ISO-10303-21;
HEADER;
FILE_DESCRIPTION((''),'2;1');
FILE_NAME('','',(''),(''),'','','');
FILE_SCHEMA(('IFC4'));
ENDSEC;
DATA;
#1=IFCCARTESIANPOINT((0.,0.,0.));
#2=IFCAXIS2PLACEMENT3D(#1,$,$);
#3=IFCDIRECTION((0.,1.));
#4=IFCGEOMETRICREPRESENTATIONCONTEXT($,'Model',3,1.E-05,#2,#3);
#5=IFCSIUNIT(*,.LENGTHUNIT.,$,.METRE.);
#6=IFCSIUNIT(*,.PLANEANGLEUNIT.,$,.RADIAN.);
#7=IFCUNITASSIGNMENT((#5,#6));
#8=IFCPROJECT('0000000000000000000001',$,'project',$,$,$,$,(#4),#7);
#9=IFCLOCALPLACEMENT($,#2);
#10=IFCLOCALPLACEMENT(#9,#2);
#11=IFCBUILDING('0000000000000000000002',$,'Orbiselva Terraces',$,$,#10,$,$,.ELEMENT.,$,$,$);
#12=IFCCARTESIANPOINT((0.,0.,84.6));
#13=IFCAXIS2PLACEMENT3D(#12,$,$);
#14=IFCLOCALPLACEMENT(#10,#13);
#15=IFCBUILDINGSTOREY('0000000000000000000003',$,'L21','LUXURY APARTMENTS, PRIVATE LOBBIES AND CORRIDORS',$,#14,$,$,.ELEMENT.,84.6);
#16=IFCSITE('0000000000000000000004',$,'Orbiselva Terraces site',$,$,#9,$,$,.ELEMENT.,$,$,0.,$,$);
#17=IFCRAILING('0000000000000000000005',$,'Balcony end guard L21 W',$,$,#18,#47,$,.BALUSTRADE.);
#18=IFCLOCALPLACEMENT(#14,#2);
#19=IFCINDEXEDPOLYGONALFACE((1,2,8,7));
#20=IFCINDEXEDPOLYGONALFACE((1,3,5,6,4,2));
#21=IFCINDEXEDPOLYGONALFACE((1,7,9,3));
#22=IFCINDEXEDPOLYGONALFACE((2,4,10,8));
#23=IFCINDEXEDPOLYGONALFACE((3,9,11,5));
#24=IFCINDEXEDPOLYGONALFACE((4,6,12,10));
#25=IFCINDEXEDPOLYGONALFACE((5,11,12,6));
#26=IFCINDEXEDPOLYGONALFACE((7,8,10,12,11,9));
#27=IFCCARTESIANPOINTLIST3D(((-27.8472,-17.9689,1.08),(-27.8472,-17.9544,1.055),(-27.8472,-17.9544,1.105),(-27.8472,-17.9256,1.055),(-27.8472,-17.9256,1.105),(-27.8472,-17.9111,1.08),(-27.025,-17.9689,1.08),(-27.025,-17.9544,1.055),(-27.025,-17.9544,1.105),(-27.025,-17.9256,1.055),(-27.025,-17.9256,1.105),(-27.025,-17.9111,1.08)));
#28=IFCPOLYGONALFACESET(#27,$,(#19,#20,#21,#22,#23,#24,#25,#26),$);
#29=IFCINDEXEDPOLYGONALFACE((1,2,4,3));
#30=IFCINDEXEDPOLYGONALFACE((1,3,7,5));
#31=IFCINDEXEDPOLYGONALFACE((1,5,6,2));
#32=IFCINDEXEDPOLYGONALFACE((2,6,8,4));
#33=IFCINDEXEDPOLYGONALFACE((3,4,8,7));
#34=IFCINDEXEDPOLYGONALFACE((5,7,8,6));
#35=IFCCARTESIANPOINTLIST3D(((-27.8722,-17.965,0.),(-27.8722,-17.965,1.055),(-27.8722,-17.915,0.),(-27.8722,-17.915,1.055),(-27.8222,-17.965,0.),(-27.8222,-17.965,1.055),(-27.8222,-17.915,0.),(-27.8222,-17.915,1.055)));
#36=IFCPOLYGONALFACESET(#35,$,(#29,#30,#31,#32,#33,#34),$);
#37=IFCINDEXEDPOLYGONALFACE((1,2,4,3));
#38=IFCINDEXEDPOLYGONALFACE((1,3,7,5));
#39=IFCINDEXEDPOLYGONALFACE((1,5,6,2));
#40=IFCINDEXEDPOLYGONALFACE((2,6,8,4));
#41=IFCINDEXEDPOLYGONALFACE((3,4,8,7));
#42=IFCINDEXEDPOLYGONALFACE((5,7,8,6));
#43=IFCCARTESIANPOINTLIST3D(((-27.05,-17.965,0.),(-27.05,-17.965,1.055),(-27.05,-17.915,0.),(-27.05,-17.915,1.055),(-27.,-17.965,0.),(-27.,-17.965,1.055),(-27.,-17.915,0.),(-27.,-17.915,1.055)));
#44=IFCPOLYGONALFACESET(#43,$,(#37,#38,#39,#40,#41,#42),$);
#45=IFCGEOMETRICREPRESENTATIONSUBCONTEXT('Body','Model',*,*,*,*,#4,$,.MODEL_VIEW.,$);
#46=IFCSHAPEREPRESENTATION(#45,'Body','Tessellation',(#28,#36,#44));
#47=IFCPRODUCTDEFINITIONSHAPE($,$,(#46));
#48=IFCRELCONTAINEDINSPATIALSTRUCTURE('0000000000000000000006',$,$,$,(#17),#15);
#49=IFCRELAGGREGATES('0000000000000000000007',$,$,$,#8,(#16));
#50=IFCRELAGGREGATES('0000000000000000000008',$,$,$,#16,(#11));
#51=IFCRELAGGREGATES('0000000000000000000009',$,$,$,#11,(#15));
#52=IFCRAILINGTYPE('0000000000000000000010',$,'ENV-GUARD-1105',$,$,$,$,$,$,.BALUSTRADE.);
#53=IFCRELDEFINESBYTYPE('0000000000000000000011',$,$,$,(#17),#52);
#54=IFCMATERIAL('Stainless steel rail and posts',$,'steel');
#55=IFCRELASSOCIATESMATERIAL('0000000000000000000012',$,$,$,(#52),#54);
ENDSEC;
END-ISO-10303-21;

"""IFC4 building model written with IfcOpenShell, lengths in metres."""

from ifc_helpers import new_model, si_unit, direction, frame, origin, origin_2d, place, context, subcontext, project, spatial, polyline, rectangle, outline, extrude, material, type_object, element, save


model = new_model("IFC4")

# Units and contexts
model_context = context("Model", 3, precision=1e-05, world=origin(), true_north=direction((0.0, 1.0)))
body_context = subcontext(model_context, "Body", "Model", "MODEL_VIEW")
ifc_project = project(units=[si_unit("LENGTHUNIT", "METRE"), si_unit("PLANEANGLEUNIT", "RADIAN")], contexts=[model_context])

# Site, building, storey
site_placement = place(None, origin())
site = spatial("IfcSite", under=ifc_project, at=site_placement, Name="Orbiselva Terraces site", CompositionType="ELEMENT", RefElevation=0.0)
building_placement = place(site_placement, origin())
building = spatial("IfcBuilding", under=site, at=building_placement, Name="Orbiselva Terraces", CompositionType="ELEMENT")
storey_placement = place(building_placement, frame((0.0, 0.0, 84.6)))
storey = spatial("IfcBuildingStorey", under=building, at=storey_placement, Name="L21", Description="LUXURY APARTMENTS, PRIVATE LOBBIES AND CORRIDORS", CompositionType="ELEMENT", Elevation=84.6)

# Railing
ifc_material_1 = material(Name="Stainless steel rail and posts", Category="steel")
railing_type_1 = type_object("IfcRailingType", Name="ENV-GUARD-1105", PredefinedType="BALUSTRADE", material=ifc_material_1)
railing_1_placement = place(storey_placement, frame((-27.8472, -17.94, 0.0)))
element("IfcRailing", 1, at=railing_1_placement, inside=storey, type_object=railing_type_1, Name="Balcony end guard L21 W", PredefinedType="BALUSTRADE", context=body_context, shape_type="SweptSolid", body=[
    extrude(outline(polyline([(0.0289, 0.0), (0.0144, 0.025), (-0.0144, 0.025), (-0.0289, 0.0), (-0.0144, -0.025), (0.0144, -0.025), (0.0289, 0.0)])), frame((0.0, 0.0, 1.08), z_axis=(1.0, 0.0, 0.0), x_axis=(0.0, 1.0, 0.0)), (0.0, 0.0, 1.0), 0.8222),
    extrude(rectangle(XDim=0.05, YDim=0.05, at=origin_2d()), origin(), (0.0, 0.0, 1.0), 1.055),
    extrude(rectangle(XDim=0.05, YDim=0.05, at=origin_2d()), frame((0.8222, 0.0, 0.0)), (0.0, 0.0, 1.0), 1.055),
])

save(model, "model.ifc")
